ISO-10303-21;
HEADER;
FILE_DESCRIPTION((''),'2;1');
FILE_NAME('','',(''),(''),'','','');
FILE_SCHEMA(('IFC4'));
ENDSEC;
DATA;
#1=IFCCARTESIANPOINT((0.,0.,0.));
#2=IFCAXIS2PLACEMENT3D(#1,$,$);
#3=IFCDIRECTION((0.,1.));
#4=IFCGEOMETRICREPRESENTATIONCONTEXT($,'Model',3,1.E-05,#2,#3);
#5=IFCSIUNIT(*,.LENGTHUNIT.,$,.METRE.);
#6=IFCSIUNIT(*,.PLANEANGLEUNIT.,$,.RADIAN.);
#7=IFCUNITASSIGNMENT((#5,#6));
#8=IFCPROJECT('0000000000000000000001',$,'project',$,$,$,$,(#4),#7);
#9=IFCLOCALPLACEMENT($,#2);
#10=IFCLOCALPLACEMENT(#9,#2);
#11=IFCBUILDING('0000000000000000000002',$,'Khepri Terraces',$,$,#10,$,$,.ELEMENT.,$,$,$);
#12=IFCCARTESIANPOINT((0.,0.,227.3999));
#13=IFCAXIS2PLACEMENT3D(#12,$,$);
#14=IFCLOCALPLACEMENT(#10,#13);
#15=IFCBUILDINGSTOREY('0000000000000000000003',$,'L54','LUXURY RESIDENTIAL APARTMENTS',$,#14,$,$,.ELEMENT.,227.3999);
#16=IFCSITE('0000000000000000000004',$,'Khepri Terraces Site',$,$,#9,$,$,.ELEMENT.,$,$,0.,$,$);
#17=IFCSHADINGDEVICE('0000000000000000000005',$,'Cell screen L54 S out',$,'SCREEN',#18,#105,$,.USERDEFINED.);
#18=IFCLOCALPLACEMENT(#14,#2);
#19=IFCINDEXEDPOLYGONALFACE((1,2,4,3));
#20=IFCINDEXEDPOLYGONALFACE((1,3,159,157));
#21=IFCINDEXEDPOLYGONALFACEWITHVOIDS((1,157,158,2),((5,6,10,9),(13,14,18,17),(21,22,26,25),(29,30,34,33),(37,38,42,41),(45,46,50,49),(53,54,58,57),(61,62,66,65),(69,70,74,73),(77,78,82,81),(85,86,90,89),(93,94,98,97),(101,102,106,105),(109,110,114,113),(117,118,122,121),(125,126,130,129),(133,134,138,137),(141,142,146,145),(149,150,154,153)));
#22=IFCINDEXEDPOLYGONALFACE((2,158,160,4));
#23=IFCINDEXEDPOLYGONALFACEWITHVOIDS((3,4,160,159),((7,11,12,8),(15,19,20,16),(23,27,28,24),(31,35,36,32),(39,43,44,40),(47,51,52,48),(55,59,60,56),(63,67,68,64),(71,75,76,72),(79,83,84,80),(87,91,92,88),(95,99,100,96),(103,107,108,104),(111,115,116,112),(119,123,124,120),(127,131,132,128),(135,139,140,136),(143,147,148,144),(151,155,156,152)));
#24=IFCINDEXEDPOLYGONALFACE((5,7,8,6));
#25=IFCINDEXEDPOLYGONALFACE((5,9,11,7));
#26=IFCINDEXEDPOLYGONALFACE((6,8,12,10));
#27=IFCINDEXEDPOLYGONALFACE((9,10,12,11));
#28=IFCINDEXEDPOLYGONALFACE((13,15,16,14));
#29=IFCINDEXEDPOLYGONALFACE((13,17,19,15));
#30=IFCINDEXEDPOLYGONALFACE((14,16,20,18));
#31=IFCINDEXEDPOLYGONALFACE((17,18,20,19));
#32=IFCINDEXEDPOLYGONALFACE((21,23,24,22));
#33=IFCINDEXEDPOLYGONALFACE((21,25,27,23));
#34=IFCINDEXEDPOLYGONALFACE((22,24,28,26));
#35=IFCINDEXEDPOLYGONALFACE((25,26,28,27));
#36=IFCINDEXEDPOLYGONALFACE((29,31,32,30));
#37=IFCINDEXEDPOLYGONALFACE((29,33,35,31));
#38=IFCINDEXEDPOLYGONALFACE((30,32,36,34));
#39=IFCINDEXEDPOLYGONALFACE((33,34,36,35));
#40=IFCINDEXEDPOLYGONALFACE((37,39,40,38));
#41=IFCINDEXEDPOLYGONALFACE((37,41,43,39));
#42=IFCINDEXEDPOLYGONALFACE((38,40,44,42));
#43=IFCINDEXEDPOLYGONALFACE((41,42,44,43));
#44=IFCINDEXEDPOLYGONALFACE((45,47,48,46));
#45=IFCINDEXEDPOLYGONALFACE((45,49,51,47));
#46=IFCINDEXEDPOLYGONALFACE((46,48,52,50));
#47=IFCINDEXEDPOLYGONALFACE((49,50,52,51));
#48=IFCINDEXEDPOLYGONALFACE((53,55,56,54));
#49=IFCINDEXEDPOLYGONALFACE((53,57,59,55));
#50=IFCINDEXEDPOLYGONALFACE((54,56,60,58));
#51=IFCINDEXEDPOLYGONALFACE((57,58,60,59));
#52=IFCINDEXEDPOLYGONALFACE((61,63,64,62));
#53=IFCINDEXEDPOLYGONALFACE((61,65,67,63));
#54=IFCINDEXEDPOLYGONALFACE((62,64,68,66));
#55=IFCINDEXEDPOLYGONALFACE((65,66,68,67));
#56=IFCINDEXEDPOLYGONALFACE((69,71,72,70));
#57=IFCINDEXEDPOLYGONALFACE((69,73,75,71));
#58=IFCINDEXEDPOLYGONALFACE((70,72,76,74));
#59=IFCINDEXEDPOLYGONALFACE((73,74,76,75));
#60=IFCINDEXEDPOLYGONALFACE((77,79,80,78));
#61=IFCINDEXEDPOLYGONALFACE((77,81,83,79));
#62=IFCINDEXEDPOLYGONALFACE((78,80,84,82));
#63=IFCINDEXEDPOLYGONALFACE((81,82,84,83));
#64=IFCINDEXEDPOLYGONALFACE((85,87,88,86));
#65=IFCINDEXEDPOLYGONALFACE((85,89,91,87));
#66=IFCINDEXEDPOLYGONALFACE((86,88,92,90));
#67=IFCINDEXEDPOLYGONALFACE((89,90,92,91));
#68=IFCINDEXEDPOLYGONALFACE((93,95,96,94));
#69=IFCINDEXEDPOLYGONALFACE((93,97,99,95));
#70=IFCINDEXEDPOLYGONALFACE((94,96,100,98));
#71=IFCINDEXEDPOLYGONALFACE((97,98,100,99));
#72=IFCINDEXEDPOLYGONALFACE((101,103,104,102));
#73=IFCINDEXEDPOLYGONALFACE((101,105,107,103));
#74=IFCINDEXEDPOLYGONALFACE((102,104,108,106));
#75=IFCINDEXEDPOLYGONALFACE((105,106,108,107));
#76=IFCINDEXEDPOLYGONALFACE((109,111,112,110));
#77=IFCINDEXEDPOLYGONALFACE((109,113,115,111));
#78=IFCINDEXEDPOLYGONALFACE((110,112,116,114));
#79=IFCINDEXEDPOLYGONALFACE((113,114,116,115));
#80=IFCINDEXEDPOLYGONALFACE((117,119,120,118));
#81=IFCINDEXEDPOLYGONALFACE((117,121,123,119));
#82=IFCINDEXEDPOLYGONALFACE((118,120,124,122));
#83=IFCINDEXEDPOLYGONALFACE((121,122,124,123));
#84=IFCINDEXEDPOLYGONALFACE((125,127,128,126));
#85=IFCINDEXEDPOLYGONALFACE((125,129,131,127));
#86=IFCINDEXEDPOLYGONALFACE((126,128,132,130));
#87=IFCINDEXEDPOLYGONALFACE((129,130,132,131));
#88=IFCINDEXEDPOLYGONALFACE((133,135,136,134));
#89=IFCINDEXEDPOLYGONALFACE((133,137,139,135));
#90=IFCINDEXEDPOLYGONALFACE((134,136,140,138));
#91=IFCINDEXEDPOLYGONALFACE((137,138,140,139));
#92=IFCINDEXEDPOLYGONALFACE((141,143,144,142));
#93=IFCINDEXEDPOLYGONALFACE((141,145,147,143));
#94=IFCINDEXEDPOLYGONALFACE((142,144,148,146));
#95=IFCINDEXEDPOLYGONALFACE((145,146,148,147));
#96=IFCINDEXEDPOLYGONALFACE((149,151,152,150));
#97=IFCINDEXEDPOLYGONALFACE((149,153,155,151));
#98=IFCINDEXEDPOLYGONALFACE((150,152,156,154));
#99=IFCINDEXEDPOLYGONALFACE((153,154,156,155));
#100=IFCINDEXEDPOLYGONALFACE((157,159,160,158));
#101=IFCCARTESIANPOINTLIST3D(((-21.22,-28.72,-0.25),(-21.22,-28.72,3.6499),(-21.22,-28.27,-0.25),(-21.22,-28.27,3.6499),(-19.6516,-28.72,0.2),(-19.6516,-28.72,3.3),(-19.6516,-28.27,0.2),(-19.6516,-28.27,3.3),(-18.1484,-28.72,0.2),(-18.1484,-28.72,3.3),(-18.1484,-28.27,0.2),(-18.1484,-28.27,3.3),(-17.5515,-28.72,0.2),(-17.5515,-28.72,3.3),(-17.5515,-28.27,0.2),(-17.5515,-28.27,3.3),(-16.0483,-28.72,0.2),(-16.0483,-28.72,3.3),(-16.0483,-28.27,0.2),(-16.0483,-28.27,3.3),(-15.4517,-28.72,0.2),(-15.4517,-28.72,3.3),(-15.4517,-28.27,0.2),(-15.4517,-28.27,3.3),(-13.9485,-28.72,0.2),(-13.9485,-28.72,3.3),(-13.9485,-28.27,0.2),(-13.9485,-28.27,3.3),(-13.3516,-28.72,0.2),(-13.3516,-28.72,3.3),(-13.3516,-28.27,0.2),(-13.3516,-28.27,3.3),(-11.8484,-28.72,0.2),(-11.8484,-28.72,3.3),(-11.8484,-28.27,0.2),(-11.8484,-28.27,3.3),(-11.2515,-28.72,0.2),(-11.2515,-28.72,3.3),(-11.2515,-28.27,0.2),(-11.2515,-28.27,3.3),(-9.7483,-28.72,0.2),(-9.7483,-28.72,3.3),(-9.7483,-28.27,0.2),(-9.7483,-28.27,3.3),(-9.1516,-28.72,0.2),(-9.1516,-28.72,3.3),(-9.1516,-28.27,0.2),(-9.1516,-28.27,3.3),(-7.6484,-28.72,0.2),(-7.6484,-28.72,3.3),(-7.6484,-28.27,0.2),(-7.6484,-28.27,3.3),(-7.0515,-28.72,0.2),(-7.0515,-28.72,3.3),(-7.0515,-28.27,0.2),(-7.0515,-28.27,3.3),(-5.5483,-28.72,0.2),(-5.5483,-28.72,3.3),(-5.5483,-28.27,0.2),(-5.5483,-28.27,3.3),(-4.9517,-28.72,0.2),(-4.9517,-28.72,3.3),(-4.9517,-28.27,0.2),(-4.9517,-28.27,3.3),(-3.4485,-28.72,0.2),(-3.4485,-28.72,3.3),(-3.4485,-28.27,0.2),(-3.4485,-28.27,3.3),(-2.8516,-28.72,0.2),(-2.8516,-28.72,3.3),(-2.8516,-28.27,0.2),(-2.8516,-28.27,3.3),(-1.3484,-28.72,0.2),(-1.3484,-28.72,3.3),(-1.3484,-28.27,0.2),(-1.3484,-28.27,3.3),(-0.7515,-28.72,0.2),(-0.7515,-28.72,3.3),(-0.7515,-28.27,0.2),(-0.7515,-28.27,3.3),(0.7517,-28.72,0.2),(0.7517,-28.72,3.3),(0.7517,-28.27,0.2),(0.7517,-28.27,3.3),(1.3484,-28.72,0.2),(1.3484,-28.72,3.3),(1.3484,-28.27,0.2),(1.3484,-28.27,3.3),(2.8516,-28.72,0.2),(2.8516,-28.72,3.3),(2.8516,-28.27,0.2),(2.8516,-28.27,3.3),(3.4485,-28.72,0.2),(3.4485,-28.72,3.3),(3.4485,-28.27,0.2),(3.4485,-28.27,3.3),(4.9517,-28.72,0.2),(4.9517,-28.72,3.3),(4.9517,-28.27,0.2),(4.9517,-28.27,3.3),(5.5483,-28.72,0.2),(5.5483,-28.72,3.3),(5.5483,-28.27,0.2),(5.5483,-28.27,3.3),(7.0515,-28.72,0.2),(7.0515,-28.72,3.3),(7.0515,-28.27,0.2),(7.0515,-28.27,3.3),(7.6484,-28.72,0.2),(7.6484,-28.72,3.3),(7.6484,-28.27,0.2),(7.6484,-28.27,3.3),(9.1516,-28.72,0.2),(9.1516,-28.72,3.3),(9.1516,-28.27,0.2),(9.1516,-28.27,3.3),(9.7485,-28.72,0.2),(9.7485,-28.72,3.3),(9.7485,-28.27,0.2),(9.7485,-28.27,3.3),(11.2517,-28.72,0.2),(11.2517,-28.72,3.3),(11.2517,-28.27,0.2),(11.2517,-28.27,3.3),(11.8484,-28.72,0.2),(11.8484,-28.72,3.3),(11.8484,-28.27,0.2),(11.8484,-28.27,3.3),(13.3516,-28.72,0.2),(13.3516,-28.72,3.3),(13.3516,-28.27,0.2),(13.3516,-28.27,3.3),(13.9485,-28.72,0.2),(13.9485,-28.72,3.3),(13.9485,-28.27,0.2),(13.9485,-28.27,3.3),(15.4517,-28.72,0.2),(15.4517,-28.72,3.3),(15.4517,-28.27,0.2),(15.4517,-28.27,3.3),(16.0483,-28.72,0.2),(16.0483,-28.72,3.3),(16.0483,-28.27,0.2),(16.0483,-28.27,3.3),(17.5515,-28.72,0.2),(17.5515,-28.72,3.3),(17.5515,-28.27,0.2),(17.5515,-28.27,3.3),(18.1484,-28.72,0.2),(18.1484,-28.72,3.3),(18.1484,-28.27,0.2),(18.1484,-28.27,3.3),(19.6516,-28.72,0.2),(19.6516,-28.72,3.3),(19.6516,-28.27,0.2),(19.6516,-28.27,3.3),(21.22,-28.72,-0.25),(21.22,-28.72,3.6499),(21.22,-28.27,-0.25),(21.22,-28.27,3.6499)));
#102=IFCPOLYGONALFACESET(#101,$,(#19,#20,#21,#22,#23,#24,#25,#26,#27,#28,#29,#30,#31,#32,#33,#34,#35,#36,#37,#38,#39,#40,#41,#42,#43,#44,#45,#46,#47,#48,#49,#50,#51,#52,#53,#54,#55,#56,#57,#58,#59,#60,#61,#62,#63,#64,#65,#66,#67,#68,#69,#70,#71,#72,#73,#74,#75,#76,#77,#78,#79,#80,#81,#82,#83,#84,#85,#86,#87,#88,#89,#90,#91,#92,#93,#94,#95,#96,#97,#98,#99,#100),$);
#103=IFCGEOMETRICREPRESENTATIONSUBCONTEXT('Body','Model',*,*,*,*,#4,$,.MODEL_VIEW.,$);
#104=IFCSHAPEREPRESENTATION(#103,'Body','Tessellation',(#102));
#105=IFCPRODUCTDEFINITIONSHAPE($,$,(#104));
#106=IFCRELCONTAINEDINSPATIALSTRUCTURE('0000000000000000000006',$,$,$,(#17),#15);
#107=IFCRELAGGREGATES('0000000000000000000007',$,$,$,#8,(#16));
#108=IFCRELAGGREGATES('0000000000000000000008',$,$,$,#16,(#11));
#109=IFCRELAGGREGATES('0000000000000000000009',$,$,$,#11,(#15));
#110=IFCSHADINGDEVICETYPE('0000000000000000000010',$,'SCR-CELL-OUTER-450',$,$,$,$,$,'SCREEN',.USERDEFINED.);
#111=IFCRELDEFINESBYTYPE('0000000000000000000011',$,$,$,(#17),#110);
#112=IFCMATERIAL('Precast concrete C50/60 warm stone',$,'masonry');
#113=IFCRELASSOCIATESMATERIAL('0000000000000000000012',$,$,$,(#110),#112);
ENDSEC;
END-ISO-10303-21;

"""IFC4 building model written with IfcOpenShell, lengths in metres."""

from ifc_helpers import new_model, si_unit, direction, frame, origin, place, context, subcontext, project, spatial, polyline, outline, extrude, material, type_object, element, save


model = new_model("IFC4")

# Units and contexts
model_context = context("Model", 3, precision=1e-05, world=origin(), true_north=direction((0.0, 1.0)))
body_context = subcontext(model_context, "Body", "Model", "MODEL_VIEW")
ifc_project = project(units=[si_unit("LENGTHUNIT", "METRE"), si_unit("PLANEANGLEUNIT", "RADIAN")], contexts=[model_context])

# Site, building, storey
site_placement = place(None, origin())
site = spatial("IfcSite", under=ifc_project, at=site_placement, Name="Khepri Terraces Site", CompositionType="ELEMENT", RefElevation=0.0)
building_placement = place(site_placement, origin())
building = spatial("IfcBuilding", under=site, at=building_placement, Name="Khepri Terraces", CompositionType="ELEMENT")
storey_placement = place(building_placement, frame((0.0, 0.0, 227.3999)))
storey = spatial("IfcBuildingStorey", under=building, at=storey_placement, Name="L54", Description="LUXURY RESIDENTIAL APARTMENTS", CompositionType="ELEMENT", Elevation=227.3999)

# Shared definitions
ifc_material_1 = material(Name="Precast concrete C50/60 warm stone", Category="masonry")

# Shading device
shading_device_type_1 = type_object("IfcShadingDeviceType", Name="SCR-CELL-OUTER-450", ElementType="SCREEN", PredefinedType="USERDEFINED", material=ifc_material_1)
shading_device_1_placement = place(storey_placement, frame((-21.22, -28.27, -0.25), z_axis=(0.0, -1.0, 0.0), x_axis=(1.0, 0.0, 0.0)))
element("IfcShadingDevice", 1, at=shading_device_1_placement, inside=storey, type_object=shading_device_type_1, Name="Cell screen L54 S out", ObjectType="SCREEN", PredefinedType="USERDEFINED", context=body_context, shape_type="SweptSolid", body=[
    extrude(outline(polyline([(0.0, 0.0), (42.4399, 0.0), (42.4399, 3.8999), (0.0, 3.8999), (0.0, 0.0)]), holes=[polyline([(1.5684, 0.45), (3.0715, 0.45), (3.0715, 3.55), (1.5684, 3.55), (1.5684, 0.45)]), polyline([(3.6685, 0.45), (5.1716, 0.45), (5.1716, 3.55), (3.6685, 3.55), (3.6685, 0.45)]), polyline([(5.7683, 0.45), (7.2715, 0.45), (7.2715, 3.55), (5.7683, 3.55), (5.7683, 0.45)]), polyline([(7.8684, 0.45), (9.3716, 0.45), (9.3716, 3.55), (7.8684, 3.55), (7.8684, 0.45)]), polyline([(9.9685, 0.45), (11.4717, 0.45), (11.4717, 3.55), (9.9685, 3.55), (9.9685, 0.45)]), polyline([(12.0684, 0.45), (13.5715, 0.45), (13.5715, 3.55), (12.0684, 3.55), (12.0684, 0.45)]), polyline([(14.1685, 0.45), (15.6716, 0.45), (15.6716, 3.55), (14.1685, 3.55), (14.1685, 0.45)]), polyline([(16.2683, 0.45), (17.7715, 0.45), (17.7715, 3.55), (16.2683, 3.55), (16.2683, 0.45)]), polyline([(18.3684, 0.45), (19.8716, 0.45), (19.8716, 3.55), (18.3684, 3.55), (18.3684, 0.45)]), polyline([(20.4685, 0.45), (21.9717, 0.45), (21.9717, 3.55), (20.4685, 3.55), (20.4685, 0.45)]), polyline([(22.5684, 0.45), (24.0715, 0.45), (24.0715, 3.55), (22.5684, 3.55), (22.5684, 0.45)]), polyline([(24.6685, 0.45), (26.1716, 0.45), (26.1716, 3.55), (24.6685, 3.55), (24.6685, 0.45)]), polyline([(26.7683, 0.45), (28.2715, 0.45), (28.2715, 3.55), (26.7683, 3.55), (26.7683, 0.45)]), polyline([(28.8684, 0.45), (30.3716, 0.45), (30.3716, 3.55), (28.8684, 3.55), (28.8684, 0.45)]), polyline([(30.9685, 0.45), (32.4717, 0.45), (32.4717, 3.55), (30.9685, 3.55), (30.9685, 0.45)]), polyline([(33.0684, 0.45), (34.5715, 0.45), (34.5715, 3.55), (33.0684, 3.55), (33.0684, 0.45)]), polyline([(35.1685, 0.45), (36.6716, 0.45), (36.6716, 3.55), (35.1685, 3.55), (35.1685, 0.45)]), polyline([(37.2683, 0.45), (38.7715, 0.45), (38.7715, 3.55), (37.2683, 3.55), (37.2683, 0.45)]), polyline([(39.3684, 0.45), (40.8716, 0.45), (40.8716, 3.55), (39.3684, 3.55), (39.3684, 0.45)])]), origin(), (0.0, 0.0, 1.0), 0.45),
])

save(model, "model.ifc")
